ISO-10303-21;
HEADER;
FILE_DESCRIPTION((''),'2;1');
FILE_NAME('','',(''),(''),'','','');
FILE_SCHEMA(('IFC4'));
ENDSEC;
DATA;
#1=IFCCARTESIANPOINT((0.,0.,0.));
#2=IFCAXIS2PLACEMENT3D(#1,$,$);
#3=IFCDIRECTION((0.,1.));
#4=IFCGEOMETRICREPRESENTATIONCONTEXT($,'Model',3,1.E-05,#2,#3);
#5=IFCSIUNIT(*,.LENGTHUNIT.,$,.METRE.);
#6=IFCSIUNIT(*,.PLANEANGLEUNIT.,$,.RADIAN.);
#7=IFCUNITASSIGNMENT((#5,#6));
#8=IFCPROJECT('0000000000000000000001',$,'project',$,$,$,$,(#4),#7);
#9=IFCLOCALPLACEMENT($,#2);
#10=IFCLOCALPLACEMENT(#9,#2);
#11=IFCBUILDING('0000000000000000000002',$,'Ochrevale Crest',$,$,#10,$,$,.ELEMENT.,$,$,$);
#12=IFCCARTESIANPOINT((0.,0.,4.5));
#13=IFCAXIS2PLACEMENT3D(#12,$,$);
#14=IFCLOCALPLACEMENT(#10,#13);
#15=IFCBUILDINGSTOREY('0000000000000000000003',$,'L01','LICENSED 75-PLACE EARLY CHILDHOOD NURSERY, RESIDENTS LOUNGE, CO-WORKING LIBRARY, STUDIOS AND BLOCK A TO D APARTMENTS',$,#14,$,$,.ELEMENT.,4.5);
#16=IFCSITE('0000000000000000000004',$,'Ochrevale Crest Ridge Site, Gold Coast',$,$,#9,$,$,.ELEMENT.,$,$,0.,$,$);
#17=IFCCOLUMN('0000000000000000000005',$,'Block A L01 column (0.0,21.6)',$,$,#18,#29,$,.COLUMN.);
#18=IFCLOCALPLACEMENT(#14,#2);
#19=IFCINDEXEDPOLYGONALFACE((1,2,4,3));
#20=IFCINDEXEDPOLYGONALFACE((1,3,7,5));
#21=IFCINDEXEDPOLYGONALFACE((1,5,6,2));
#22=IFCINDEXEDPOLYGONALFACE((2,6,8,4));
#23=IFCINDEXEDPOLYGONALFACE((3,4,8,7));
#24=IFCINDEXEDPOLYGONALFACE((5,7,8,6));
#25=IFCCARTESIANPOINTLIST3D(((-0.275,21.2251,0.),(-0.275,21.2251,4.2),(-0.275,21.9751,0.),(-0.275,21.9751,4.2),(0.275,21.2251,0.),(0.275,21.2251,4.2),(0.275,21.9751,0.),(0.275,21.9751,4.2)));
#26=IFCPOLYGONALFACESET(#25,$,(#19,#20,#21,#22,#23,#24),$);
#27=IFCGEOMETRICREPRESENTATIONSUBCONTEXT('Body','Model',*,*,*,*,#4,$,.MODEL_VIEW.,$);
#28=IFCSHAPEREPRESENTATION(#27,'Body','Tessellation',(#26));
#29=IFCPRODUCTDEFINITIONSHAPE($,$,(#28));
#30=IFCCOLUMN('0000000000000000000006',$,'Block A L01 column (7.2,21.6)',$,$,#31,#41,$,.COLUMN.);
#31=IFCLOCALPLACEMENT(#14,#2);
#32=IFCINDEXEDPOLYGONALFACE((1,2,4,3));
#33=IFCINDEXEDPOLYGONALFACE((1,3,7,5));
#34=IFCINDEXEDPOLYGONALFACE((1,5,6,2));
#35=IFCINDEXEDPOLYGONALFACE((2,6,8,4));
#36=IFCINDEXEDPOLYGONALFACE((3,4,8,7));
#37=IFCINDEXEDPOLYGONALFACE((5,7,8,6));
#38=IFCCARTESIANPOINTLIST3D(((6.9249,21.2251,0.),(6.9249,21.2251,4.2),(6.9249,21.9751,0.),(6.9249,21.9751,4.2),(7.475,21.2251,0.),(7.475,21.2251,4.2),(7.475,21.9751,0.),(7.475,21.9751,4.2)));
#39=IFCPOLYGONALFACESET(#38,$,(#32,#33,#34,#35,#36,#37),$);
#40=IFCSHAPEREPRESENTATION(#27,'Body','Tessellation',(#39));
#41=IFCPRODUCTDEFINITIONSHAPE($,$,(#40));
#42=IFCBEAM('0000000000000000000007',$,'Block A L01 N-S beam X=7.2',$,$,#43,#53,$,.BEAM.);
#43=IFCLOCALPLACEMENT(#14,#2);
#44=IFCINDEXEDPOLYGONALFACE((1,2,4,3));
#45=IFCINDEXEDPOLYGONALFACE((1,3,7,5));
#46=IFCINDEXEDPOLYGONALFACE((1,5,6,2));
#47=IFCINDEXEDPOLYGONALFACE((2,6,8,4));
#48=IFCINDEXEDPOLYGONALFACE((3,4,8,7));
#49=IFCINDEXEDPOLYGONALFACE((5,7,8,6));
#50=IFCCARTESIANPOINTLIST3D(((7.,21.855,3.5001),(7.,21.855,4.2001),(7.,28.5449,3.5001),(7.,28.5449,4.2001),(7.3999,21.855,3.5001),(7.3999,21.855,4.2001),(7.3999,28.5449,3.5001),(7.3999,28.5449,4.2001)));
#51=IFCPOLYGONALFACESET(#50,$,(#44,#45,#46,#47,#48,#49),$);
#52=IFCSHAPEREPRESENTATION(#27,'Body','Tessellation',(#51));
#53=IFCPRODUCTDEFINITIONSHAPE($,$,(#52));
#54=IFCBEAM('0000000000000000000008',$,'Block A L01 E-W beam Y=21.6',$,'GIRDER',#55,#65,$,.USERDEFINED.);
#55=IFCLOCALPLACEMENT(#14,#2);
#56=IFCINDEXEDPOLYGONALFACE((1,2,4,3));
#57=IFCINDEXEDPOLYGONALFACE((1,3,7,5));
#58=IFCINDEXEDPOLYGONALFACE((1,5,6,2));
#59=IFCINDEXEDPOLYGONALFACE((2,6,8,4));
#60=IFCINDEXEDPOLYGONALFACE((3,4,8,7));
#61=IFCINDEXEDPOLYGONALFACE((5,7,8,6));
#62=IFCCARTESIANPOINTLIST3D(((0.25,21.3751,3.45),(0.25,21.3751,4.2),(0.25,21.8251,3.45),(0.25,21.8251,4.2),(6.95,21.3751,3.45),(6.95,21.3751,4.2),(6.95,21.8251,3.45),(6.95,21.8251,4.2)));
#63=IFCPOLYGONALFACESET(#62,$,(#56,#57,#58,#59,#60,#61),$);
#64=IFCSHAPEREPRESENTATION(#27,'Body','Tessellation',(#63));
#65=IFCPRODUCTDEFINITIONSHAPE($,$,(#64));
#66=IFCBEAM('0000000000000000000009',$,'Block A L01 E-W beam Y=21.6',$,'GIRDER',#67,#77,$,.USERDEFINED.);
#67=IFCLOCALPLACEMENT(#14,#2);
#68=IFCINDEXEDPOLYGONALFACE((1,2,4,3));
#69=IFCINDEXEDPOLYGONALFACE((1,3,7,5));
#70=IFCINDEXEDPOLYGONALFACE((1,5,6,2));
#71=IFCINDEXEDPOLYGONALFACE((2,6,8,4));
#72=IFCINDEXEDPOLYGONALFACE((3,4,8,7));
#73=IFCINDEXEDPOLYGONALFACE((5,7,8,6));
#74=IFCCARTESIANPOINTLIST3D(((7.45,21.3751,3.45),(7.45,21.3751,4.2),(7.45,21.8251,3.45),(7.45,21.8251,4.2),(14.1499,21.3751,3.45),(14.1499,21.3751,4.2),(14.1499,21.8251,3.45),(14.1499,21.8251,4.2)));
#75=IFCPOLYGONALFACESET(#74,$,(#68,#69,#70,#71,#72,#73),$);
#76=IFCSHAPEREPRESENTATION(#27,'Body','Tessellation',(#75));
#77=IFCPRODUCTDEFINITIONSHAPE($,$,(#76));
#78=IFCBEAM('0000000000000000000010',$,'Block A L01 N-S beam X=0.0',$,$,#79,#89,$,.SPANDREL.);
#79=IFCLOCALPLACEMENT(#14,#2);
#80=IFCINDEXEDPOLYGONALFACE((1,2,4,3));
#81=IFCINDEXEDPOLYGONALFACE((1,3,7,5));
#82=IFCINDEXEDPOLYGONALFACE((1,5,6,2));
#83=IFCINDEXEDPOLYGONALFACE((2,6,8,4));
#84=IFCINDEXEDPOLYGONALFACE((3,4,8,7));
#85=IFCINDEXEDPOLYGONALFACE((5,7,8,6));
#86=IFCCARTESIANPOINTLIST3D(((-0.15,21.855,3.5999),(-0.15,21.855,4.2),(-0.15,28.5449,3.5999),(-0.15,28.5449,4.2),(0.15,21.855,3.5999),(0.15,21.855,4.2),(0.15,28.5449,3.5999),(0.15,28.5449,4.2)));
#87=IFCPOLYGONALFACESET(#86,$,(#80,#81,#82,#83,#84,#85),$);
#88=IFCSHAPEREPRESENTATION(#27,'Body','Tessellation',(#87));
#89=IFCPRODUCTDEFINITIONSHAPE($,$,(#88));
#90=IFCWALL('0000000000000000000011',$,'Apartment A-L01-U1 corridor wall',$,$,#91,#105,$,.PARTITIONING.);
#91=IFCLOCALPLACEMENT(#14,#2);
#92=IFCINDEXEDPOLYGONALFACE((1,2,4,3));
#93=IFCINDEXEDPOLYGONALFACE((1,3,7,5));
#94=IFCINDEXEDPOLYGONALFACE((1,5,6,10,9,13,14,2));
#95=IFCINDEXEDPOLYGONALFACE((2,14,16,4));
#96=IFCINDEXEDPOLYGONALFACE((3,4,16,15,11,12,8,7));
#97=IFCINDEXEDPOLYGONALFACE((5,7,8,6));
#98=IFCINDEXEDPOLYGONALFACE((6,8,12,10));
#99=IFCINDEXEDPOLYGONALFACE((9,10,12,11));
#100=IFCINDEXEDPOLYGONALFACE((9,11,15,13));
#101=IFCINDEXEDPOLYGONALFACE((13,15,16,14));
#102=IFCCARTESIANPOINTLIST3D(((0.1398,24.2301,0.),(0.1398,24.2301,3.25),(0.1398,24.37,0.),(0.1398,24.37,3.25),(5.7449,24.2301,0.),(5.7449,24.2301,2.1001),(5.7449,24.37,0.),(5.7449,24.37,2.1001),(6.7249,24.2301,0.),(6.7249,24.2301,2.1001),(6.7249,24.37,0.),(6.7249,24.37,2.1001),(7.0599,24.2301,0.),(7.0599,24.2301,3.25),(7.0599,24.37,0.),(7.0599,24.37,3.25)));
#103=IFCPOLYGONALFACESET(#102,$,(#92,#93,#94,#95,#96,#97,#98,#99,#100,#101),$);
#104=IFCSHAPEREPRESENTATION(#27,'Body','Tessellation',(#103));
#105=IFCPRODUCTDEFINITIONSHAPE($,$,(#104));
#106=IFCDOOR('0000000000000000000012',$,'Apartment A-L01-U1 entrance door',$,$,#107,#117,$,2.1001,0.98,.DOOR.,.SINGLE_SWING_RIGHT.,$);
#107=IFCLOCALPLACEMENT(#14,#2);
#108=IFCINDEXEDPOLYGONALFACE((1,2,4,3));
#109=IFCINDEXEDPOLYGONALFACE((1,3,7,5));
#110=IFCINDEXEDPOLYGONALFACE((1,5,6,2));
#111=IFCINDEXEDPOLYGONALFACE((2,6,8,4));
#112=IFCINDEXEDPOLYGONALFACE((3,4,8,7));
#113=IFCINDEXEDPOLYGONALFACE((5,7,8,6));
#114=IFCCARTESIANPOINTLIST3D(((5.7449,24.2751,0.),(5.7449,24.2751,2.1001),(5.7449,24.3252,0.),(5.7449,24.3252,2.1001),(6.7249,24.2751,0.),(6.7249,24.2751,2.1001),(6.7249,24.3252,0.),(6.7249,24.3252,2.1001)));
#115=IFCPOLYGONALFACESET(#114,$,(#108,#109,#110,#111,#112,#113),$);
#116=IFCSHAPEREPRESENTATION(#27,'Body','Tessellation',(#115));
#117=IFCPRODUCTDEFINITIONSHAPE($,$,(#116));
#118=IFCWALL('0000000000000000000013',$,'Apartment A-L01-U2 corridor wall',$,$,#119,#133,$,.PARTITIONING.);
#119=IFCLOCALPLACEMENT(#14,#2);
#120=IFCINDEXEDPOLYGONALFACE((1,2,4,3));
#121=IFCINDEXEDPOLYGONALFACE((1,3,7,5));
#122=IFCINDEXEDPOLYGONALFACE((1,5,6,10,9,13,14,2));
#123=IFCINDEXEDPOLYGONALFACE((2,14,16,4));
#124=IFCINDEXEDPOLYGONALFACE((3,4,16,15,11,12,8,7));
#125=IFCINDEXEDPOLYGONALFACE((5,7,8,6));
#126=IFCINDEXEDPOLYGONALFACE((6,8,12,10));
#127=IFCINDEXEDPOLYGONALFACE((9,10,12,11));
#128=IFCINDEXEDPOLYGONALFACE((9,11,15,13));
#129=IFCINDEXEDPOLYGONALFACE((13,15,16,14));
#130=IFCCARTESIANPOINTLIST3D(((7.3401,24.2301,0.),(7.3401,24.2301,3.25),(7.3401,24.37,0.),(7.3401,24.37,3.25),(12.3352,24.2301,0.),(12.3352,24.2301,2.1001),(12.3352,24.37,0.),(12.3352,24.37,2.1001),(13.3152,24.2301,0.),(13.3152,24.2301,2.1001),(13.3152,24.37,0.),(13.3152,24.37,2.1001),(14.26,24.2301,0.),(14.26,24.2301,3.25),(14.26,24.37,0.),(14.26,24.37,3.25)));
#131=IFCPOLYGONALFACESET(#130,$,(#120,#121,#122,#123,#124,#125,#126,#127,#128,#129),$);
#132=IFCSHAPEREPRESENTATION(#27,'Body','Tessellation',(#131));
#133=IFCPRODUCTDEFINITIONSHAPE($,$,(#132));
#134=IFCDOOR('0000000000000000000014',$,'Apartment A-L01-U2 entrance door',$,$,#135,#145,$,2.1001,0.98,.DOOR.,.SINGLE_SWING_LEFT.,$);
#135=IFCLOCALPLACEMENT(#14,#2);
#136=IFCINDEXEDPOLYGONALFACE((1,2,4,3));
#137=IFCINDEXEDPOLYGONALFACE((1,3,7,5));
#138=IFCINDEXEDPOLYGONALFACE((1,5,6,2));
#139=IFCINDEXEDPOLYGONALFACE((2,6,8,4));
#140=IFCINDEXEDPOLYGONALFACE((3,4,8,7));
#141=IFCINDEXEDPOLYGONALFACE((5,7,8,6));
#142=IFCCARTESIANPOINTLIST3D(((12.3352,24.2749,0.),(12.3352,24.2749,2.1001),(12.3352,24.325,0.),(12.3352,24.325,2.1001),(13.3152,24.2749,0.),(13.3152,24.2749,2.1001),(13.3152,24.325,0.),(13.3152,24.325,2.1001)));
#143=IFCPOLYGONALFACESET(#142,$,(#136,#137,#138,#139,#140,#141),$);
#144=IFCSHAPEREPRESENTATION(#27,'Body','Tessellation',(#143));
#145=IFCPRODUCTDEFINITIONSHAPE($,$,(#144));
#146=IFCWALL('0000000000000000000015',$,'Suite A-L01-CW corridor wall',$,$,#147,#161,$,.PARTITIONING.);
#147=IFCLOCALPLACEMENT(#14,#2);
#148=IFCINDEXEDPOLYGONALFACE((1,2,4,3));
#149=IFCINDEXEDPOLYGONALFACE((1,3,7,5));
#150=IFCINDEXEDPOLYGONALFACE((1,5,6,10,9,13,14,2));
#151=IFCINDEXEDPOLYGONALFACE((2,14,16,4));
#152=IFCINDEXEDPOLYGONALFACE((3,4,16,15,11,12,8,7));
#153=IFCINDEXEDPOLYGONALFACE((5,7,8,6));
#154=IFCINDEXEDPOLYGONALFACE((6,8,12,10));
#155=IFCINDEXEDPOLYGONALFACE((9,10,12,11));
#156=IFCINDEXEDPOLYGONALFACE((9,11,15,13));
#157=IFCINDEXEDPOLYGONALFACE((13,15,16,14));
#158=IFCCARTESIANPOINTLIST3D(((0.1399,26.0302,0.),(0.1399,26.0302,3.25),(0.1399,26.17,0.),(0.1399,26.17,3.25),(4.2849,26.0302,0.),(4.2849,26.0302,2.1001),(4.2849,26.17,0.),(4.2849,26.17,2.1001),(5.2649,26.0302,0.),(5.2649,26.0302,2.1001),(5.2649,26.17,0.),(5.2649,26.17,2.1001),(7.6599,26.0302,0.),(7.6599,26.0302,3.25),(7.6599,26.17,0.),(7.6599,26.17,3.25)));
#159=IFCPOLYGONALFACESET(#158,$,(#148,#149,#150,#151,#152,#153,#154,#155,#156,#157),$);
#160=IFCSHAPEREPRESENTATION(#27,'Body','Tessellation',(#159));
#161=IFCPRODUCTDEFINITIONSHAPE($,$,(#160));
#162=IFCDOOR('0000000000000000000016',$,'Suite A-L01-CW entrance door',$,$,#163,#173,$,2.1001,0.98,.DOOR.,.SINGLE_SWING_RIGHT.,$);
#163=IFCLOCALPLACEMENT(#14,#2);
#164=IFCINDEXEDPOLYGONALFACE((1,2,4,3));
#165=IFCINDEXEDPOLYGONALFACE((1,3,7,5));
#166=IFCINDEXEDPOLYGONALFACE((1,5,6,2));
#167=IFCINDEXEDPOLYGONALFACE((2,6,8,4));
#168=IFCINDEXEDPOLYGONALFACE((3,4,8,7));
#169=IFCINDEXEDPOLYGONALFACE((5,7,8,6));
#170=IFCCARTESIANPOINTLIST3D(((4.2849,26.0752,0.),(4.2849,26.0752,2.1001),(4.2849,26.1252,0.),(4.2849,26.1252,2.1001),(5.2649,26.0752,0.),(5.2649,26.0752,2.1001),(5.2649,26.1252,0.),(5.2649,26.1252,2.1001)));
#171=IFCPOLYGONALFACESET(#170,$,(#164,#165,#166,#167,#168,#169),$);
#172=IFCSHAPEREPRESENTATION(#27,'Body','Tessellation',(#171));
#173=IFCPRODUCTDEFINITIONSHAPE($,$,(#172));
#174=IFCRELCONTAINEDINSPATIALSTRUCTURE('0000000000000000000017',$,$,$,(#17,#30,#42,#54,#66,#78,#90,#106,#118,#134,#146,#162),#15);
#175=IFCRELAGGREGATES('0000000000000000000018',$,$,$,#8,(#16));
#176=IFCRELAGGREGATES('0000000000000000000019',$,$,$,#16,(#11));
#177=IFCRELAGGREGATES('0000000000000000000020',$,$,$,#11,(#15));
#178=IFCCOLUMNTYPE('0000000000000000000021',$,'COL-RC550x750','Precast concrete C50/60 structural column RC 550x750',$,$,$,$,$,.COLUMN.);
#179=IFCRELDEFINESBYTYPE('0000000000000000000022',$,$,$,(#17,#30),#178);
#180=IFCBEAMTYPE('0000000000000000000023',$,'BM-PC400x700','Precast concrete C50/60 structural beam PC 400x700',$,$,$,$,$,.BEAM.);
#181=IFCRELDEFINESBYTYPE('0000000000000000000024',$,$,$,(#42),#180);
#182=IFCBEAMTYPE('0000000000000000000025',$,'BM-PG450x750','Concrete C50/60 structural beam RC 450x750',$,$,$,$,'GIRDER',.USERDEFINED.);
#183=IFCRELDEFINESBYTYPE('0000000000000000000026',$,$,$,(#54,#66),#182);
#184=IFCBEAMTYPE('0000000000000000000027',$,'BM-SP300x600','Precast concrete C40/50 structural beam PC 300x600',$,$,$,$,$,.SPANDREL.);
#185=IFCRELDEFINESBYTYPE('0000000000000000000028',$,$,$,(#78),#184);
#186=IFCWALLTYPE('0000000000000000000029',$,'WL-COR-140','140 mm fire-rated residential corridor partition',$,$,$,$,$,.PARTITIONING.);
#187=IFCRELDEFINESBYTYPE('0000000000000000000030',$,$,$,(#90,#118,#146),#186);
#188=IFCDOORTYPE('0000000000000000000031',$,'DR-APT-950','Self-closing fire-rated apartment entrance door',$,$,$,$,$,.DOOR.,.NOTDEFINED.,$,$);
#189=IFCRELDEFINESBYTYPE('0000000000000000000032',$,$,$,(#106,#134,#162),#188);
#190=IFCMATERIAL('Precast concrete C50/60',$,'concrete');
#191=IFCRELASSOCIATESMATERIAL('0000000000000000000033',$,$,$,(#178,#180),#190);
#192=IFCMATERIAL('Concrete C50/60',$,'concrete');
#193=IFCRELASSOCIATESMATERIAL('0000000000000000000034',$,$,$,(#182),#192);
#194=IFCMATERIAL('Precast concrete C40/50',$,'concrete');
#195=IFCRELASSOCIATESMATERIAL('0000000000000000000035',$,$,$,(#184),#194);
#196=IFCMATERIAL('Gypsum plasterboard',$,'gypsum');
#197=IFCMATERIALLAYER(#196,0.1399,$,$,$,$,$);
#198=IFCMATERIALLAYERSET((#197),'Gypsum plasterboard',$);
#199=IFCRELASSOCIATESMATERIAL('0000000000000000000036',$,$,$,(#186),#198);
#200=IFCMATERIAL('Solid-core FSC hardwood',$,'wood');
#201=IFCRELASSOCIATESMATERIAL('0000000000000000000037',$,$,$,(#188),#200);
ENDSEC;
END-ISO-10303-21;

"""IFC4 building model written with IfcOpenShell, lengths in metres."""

from ifc_helpers import new_model, si_unit, direction, frame, frame_2d, origin, origin_2d, place, context, subcontext, project, spatial, rectangle, extrude, material, layer, layer_set, material_profile, profile_set, type_object, element, fill, save


model = new_model("IFC4")

# Units and contexts
model_context = context("Model", 3, precision=1e-05, world=origin(), true_north=direction((0.0, 1.0)))
body_context = subcontext(model_context, "Body", "Model", "MODEL_VIEW")
ifc_project = project(units=[si_unit("LENGTHUNIT", "METRE"), si_unit("PLANEANGLEUNIT", "RADIAN")], contexts=[model_context])

# Site, building, storey
site_placement = place(None, origin())
site = spatial("IfcSite", under=ifc_project, at=site_placement, Name="Ochrevale Crest Ridge Site, Gold Coast", CompositionType="ELEMENT", RefElevation=0.0)
building_placement = place(site_placement, origin())
building = spatial("IfcBuilding", under=site, at=building_placement, Name="Ochrevale Crest", CompositionType="ELEMENT")
storey_placement = place(building_placement, frame((0.0, 0.0, 4.5)))
storey = spatial("IfcBuildingStorey", under=building, at=storey_placement, Name="L01", Description="LICENSED 75-PLACE EARLY CHILDHOOD NURSERY, RESIDENTS LOUNGE, CO-WORKING LIBRARY, STUDIOS AND BLOCK A TO D APARTMENTS", CompositionType="ELEMENT", Elevation=4.5)

# Columns
ifc_material_1 = material(Name="Precast concrete C50/60", Category="concrete")
ifc_material_profile_1 = material_profile(ifc_material_1, rectangle(XDim=0.55, YDim=0.75, at=origin_2d()), Name="RC 550x750")
ifc_profile_set_1 = profile_set([ifc_material_profile_1], Name="Precast concrete C50/60")
column_type = type_object("IfcColumnType", Name="COL-RC550x750", Description="Precast concrete C50/60 structural column RC 550x750", PredefinedType="COLUMN", material=ifc_profile_set_1)
for number, where, z_axis, x_axis, name in (
    (1, (0.0, 21.6001, 0.0), (0.0, 0.0, 1.0), (1.0, 0.0, 0.0), "Block A L01 column (0.0,21.6)"),
    (2, (7.2, 21.6001, 0.0), (0.0, 0.0, 1.0), (1.0, 0.0, 0.0), "Block A L01 column (7.2,21.6)"),
):
    element("IfcColumn", number, at=place(storey_placement, frame(where, z_axis=z_axis, x_axis=x_axis)), inside=storey, type_object=column_type, Name=name, PredefinedType="COLUMN", context=body_context, shape_type="SweptSolid", body=[
        extrude(rectangle(XDim=0.55, YDim=0.75, at=origin_2d()), origin(), (0.0, 0.0, 1.0), 4.2),
    ])

# Beams
ifc_material_profile_2 = material_profile(ifc_material_1, rectangle(XDim=0.3999, YDim=0.7, at=origin_2d()), Name="PC 400x700")
ifc_profile_set_2 = profile_set([ifc_material_profile_2], Name="Precast concrete C50/60")
beam_type_1 = type_object("IfcBeamType", Name="BM-PC400x700", Description="Precast concrete C50/60 structural beam PC 400x700", PredefinedType="BEAM", material=ifc_profile_set_2)
beam_1_placement = place(storey_placement, frame((7.2, 21.855, 3.8501), z_axis=(0.0, 1.0, 0.0), x_axis=(-1.0, 0.0, 0.0)))
element("IfcBeam", 3, at=beam_1_placement, inside=storey, type_object=beam_type_1, Name="Block A L01 N-S beam X=7.2", PredefinedType="BEAM", context=body_context, shape_type="SweptSolid", body=[
    extrude(rectangle(XDim=0.3999, YDim=0.7, at=origin_2d()), origin(), (0.0, 0.0, 1.0), 6.6899),
])
ifc_material_2 = material(Name="Concrete C50/60", Category="concrete")
ifc_material_profile_3 = material_profile(ifc_material_2, rectangle(XDim=0.45, YDim=0.75, at=origin_2d()), Name="RC 450x750")
ifc_profile_set_3 = profile_set([ifc_material_profile_3], Name="Concrete C50/60")
beam_type_2 = type_object("IfcBeamType", Name="BM-PG450x750", Description="Concrete C50/60 structural beam RC 450x750", ElementType="GIRDER", PredefinedType="USERDEFINED", material=ifc_profile_set_3)
for number, where, z_axis, x_axis, name in (
    (4, (0.25, 21.6001, 3.825), (1.0, 0.0, 0.0), (0.0, 1.0, 0.0), "Block A L01 E-W beam Y=21.6"),
    (5, (7.45, 21.6001, 3.825), (1.0, 0.0, 0.0), (0.0, 1.0, 0.0), "Block A L01 E-W beam Y=21.6"),
):
    element("IfcBeam", number, at=place(storey_placement, frame(where, z_axis=z_axis, x_axis=x_axis)), inside=storey, type_object=beam_type_2, Name=name, ObjectType="GIRDER", PredefinedType="USERDEFINED", context=body_context, shape_type="SweptSolid", body=[
        extrude(rectangle(XDim=0.45, YDim=0.75, at=origin_2d()), origin(), (0.0, 0.0, 1.0), 6.7),
    ])
ifc_material_3 = material(Name="Precast concrete C40/50", Category="concrete")
ifc_material_profile_4 = material_profile(ifc_material_3, rectangle(XDim=0.3, YDim=0.6001, at=origin_2d()), Name="PC 300x600")
ifc_profile_set_4 = profile_set([ifc_material_profile_4], Name="Precast concrete C40/50")
beam_type_3 = type_object("IfcBeamType", Name="BM-SP300x600", Description="Precast concrete C40/50 structural beam PC 300x600", PredefinedType="SPANDREL", material=ifc_profile_set_4)
beam_2_placement = place(storey_placement, frame((0.0, 21.855, 3.8999), z_axis=(0.0, 1.0, 0.0), x_axis=(-1.0, 0.0, 0.0)))
element("IfcBeam", 6, at=beam_2_placement, inside=storey, type_object=beam_type_3, Name="Block A L01 N-S beam X=0.0", PredefinedType="SPANDREL", context=body_context, shape_type="SweptSolid", body=[
    extrude(rectangle(XDim=0.3, YDim=0.6001, at=origin_2d()), origin(), (0.0, 0.0, 1.0), 6.6899),
])

# Walls, openings, doors
ifc_material_4 = material(Name="Gypsum plasterboard", Category="gypsum")
ifc_layer_1 = layer(ifc_material_4, 0.1399)
ifc_layer_set_1 = layer_set([ifc_layer_1], Name="Gypsum plasterboard")
wall_type_1 = type_object("IfcWallType", Name="WL-COR-140", Description="140 mm fire-rated residential corridor partition", PredefinedType="PARTITIONING", material=ifc_layer_set_1)
wall_1_placement = place(storey_placement, frame((0.1399, 24.3, 0.0), z_axis=(0.0, 0.0, 1.0), x_axis=(1.0, 0.0, 0.0)))
wall_1 = element("IfcWall", 7, at=wall_1_placement, inside=storey, type_object=wall_type_1, Name="Apartment A-L01-U1 corridor wall", PredefinedType="PARTITIONING", context=body_context, shape_type="SweptSolid", body=[
    extrude(rectangle(XDim=6.9202, YDim=0.1399, at=frame_2d((3.46, 0.0))), origin(), (0.0, 0.0, 1.0), 3.25),
])
opening_1_placement = place(wall_1_placement, frame((6.585, 0.0, 0.0), z_axis=(0.0, 0.0, 1.0), x_axis=(-1.0, 0.0, 0.0)))
opening_1 = element("IfcOpeningElement", 8, at=opening_1_placement, cuts=wall_1, PredefinedType="OPENING", context=body_context, shape_type="SweptSolid", body=[
    extrude(rectangle(XDim=0.98, YDim=2.1001, at=frame_2d((0.49, 1.05))), frame((0.0, 0.0801, 0.0), z_axis=(0.0, -1.0, 0.0), x_axis=(1.0, 0.0, 0.0)), (0.0, 0.0, 1.0), 0.1599),
])
ifc_material_5 = material(Name="Solid-core FSC hardwood", Category="wood")
door_type_1 = type_object("IfcDoorType", Name="DR-APT-950", Description="Self-closing fire-rated apartment entrance door", OperationType="NOTDEFINED", PredefinedType="DOOR", material=ifc_material_5)
door_1_placement = place(opening_1_placement, origin())
door_1 = element("IfcDoor", 9, at=door_1_placement, inside=storey, type_object=door_type_1, Name="Apartment A-L01-U1 entrance door", OperationType="SINGLE_SWING_RIGHT", OverallHeight=2.1001, OverallWidth=0.98, PredefinedType="DOOR", context=body_context, shape_type="SweptSolid", body=[
    extrude(rectangle(XDim=0.98, YDim=2.1001, at=frame_2d((0.49, 1.05))), frame((0.0, 0.0249, 0.0), z_axis=(0.0, -1.0, 0.0), x_axis=(1.0, 0.0, 0.0)), (0.0, 0.0, 1.0), 0.05),
])
fill(opening_1, door_1)
wall_2_placement = place(storey_placement, frame((7.3401, 24.3, 0.0), z_axis=(0.0, 0.0, 1.0), x_axis=(1.0, 0.0, 0.0)))
wall_2 = element("IfcWall", 10, at=wall_2_placement, inside=storey, type_object=wall_type_1, Name="Apartment A-L01-U2 corridor wall", PredefinedType="PARTITIONING", context=body_context, shape_type="SweptSolid", body=[
    extrude(rectangle(XDim=6.9199, YDim=0.1399, at=frame_2d((3.46, 0.0))), origin(), (0.0, 0.0, 1.0), 3.25),
])
opening_2_placement = place(wall_2_placement, frame((4.9951, 0.0, 0.0)))
opening_2 = element("IfcOpeningElement", 11, at=opening_2_placement, cuts=wall_2, PredefinedType="OPENING", context=body_context, shape_type="SweptSolid", body=[
    extrude(rectangle(XDim=0.98, YDim=2.1001, at=frame_2d((0.49, 1.05))), frame((0.0, 0.0801, 0.0), z_axis=(0.0, -1.0, 0.0), x_axis=(1.0, 0.0, 0.0)), (0.0, 0.0, 1.0), 0.1599),
])
door_2_placement = place(opening_2_placement, origin())
door_2 = element("IfcDoor", 12, at=door_2_placement, inside=storey, type_object=door_type_1, Name="Apartment A-L01-U2 entrance door", OperationType="SINGLE_SWING_LEFT", OverallHeight=2.1001, OverallWidth=0.98, PredefinedType="DOOR", context=body_context, shape_type="SweptSolid", body=[
    extrude(rectangle(XDim=0.98, YDim=2.1001, at=frame_2d((0.49, 1.05))), frame((0.0, 0.0249, 0.0), z_axis=(0.0, -1.0, 0.0), x_axis=(1.0, 0.0, 0.0)), (0.0, 0.0, 1.0), 0.05),
])
fill(opening_2, door_2)
wall_3_placement = place(storey_placement, frame((0.1399, 26.1001, 0.0), z_axis=(0.0, 0.0, 1.0), x_axis=(1.0, 0.0, 0.0)))
wall_3 = element("IfcWall", 13, at=wall_3_placement, inside=storey, type_object=wall_type_1, Name="Suite A-L01-CW corridor wall", PredefinedType="PARTITIONING", context=body_context, shape_type="SweptSolid", body=[
    extrude(rectangle(XDim=7.52, YDim=0.1399, at=frame_2d((3.76, 0.0))), origin(), (0.0, 0.0, 1.0), 3.25),
])
opening_3_placement = place(wall_3_placement, frame((5.125, 0.0, 0.0), z_axis=(0.0, 0.0, 1.0), x_axis=(-1.0, 0.0, 0.0)))
opening_3 = element("IfcOpeningElement", 14, at=opening_3_placement, cuts=wall_3, PredefinedType="OPENING", context=body_context, shape_type="SweptSolid", body=[
    extrude(rectangle(XDim=0.98, YDim=2.1001, at=frame_2d((0.49, 1.05))), frame((0.0, 0.0801, 0.0), z_axis=(0.0, -1.0, 0.0), x_axis=(1.0, 0.0, 0.0)), (0.0, 0.0, 1.0), 0.1599),
])
door_3_placement = place(opening_3_placement, origin())
door_3 = element("IfcDoor", 15, at=door_3_placement, inside=storey, type_object=door_type_1, Name="Suite A-L01-CW entrance door", OperationType="SINGLE_SWING_RIGHT", OverallHeight=2.1001, OverallWidth=0.98, PredefinedType="DOOR", context=body_context, shape_type="SweptSolid", body=[
    extrude(rectangle(XDim=0.98, YDim=2.1001, at=frame_2d((0.49, 1.05))), frame((0.0, 0.0249, 0.0), z_axis=(0.0, -1.0, 0.0), x_axis=(1.0, 0.0, 0.0)), (0.0, 0.0, 1.0), 0.05),
])
fill(opening_3, door_3)

save(model, "model.ifc")
